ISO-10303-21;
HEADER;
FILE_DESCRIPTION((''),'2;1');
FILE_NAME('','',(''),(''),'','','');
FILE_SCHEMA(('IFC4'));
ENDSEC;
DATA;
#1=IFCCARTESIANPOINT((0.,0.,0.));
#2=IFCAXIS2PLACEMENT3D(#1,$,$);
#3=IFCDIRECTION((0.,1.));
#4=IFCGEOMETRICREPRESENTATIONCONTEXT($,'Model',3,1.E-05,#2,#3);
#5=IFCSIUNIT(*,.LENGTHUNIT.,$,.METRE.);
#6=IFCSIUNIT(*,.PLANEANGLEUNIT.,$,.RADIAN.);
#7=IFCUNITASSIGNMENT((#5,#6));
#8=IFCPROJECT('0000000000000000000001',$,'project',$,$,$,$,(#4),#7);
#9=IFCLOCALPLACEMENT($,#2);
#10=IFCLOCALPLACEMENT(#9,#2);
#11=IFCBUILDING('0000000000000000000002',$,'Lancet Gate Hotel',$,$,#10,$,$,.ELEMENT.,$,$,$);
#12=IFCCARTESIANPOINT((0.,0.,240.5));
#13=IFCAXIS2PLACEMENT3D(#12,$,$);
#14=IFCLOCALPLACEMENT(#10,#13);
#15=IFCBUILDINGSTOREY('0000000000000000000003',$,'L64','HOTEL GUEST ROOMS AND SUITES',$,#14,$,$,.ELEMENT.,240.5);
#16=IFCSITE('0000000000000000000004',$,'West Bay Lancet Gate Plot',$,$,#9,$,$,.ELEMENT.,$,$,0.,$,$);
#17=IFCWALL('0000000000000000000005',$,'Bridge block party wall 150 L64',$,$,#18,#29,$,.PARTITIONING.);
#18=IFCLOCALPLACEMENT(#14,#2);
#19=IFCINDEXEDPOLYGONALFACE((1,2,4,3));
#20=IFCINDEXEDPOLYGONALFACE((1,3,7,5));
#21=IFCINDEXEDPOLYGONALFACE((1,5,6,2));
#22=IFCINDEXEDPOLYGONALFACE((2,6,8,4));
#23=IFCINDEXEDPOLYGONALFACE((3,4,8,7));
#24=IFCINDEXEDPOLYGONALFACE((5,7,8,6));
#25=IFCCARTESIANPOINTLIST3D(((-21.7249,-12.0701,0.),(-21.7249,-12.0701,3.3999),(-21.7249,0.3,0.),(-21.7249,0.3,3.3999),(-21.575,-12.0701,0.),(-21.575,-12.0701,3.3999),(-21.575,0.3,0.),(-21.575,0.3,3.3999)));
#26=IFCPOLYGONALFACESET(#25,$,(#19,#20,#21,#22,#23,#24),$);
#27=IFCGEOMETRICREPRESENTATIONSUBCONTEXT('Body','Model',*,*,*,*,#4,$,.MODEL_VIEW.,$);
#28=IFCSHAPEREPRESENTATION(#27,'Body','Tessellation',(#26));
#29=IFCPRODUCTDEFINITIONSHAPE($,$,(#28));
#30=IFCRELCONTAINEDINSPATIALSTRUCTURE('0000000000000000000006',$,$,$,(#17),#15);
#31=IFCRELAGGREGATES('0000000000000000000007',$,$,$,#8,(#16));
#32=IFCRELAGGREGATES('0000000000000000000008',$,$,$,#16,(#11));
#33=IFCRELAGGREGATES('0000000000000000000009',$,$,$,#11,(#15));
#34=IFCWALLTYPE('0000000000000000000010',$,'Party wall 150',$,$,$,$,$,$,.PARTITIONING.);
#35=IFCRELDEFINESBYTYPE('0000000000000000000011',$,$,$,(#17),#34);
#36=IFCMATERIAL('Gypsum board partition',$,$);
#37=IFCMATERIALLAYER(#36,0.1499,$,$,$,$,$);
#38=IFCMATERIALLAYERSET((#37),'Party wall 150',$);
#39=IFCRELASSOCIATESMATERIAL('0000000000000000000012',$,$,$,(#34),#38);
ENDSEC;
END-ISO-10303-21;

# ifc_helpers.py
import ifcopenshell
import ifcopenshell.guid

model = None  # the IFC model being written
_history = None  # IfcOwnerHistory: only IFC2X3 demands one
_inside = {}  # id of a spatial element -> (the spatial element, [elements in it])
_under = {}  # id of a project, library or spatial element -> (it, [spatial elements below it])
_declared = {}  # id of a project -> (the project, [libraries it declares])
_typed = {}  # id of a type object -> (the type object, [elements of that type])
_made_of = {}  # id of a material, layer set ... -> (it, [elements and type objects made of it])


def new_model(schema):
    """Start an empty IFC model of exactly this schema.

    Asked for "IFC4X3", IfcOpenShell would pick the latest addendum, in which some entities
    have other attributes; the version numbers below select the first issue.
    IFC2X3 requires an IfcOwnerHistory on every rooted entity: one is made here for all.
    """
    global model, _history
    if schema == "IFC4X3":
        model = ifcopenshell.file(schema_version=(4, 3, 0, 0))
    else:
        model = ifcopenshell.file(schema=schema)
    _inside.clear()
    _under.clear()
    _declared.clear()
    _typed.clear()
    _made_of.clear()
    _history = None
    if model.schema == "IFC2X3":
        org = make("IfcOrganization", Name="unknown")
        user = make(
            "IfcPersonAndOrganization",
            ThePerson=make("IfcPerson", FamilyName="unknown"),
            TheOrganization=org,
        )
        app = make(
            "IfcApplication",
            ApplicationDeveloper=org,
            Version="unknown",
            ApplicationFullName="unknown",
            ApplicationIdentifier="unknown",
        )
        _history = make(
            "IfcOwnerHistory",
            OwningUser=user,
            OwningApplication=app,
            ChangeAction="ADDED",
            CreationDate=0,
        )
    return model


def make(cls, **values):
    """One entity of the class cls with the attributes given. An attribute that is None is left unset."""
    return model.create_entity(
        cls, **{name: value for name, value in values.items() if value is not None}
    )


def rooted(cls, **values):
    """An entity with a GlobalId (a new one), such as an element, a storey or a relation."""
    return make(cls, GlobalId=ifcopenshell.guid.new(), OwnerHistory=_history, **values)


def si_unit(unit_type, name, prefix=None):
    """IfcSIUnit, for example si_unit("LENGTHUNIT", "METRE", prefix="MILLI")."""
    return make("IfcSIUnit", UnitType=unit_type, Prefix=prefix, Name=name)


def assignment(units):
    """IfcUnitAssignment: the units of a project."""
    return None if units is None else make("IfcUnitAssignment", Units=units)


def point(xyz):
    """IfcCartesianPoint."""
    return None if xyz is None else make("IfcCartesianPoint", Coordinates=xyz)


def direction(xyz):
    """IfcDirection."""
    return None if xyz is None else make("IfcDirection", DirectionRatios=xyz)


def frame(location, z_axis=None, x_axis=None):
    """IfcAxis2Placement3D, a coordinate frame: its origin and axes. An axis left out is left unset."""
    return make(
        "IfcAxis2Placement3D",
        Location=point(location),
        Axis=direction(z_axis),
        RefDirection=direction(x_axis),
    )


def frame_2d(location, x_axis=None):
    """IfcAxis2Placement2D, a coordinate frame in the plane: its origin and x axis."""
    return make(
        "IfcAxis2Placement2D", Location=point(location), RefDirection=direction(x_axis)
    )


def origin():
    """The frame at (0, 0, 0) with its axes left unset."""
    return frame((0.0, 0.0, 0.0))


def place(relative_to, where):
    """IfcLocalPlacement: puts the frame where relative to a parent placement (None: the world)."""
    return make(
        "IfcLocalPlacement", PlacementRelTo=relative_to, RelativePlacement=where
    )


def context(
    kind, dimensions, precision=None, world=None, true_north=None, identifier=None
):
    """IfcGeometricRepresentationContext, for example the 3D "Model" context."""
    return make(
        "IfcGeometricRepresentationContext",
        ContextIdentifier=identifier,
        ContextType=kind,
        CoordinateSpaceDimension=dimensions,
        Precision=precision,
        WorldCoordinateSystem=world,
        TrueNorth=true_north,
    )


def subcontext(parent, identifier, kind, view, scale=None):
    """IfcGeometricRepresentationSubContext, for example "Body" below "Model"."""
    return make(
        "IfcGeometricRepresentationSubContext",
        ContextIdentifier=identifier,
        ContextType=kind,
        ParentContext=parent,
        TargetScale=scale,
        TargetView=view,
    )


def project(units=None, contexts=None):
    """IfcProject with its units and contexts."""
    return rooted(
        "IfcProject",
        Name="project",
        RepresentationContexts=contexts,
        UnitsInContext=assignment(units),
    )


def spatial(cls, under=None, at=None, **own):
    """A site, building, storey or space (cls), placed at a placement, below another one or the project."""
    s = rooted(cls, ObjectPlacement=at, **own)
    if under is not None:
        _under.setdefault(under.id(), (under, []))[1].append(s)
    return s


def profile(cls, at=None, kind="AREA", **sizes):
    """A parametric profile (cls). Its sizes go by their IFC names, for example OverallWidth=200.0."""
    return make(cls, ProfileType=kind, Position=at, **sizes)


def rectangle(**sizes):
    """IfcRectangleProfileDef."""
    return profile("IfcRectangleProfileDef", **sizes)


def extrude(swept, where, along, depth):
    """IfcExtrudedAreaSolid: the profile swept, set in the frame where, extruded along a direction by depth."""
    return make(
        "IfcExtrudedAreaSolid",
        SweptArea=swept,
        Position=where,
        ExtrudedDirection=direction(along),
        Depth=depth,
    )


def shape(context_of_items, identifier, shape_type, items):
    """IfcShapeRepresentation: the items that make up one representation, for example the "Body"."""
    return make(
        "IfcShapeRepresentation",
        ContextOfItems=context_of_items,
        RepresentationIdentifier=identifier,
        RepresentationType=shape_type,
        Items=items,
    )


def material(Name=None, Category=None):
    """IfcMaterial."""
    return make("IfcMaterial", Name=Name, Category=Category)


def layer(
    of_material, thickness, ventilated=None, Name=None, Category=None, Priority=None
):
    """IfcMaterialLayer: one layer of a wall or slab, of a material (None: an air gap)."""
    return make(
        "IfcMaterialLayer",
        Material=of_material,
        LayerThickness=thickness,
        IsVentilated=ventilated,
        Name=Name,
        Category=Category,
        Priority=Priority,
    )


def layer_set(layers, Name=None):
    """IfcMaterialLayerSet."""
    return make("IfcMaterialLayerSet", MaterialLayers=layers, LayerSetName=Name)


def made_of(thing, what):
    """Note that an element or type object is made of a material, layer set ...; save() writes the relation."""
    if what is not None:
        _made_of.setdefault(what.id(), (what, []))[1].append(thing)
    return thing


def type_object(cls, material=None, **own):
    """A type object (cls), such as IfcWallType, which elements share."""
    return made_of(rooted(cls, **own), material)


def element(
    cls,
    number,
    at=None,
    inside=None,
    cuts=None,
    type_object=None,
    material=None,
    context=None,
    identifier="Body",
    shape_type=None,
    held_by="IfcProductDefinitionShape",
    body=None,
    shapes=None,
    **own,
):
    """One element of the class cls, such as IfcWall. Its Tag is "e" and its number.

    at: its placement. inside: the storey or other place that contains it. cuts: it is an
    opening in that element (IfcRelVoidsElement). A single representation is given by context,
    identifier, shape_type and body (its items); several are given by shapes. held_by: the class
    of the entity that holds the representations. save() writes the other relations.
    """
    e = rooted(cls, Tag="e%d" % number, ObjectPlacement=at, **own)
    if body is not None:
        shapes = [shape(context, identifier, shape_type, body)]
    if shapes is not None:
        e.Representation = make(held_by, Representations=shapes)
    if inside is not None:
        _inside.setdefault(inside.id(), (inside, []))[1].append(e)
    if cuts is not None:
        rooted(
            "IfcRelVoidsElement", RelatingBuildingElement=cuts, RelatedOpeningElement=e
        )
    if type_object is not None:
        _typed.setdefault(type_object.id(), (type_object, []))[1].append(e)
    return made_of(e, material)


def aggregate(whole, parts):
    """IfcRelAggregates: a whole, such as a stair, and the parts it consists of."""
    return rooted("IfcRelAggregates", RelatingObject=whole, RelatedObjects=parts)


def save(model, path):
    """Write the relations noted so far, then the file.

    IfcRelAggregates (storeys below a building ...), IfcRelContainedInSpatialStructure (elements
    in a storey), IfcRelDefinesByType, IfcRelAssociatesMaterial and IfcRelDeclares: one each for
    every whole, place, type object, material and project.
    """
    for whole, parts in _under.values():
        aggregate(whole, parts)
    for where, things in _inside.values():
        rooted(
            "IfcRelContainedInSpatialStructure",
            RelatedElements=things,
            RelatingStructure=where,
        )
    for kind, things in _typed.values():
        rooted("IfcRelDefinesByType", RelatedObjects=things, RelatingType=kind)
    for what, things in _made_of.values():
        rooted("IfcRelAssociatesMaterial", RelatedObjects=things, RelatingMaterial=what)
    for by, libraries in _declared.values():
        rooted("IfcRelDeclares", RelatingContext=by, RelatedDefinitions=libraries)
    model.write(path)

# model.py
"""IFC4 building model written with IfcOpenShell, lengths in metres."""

from ifc_helpers import new_model, si_unit, direction, frame, frame_2d, origin, place, context, subcontext, project, spatial, rectangle, extrude, material, layer, layer_set, type_object, element, save


model = new_model("IFC4")

# Units and contexts
model_context = context("Model", 3, precision=1e-05, world=origin(), true_north=direction((0.0, 1.0)))
body_context = subcontext(model_context, "Body", "Model", "MODEL_VIEW")
ifc_project = project(units=[si_unit("LENGTHUNIT", "METRE"), si_unit("PLANEANGLEUNIT", "RADIAN")], contexts=[model_context])

# Site, building, storey
site_placement = place(None, origin())
site = spatial("IfcSite", under=ifc_project, at=site_placement, Name="West Bay Lancet Gate Plot", CompositionType="ELEMENT", RefElevation=0.0)
building_placement = place(site_placement, origin())
building = spatial("IfcBuilding", under=site, at=building_placement, Name="Lancet Gate Hotel", CompositionType="ELEMENT")
storey_placement = place(building_placement, frame((0.0, 0.0, 240.5)))
storey = spatial("IfcBuildingStorey", under=building, at=storey_placement, Name="L64", Description="HOTEL GUEST ROOMS AND SUITES", CompositionType="ELEMENT", Elevation=240.5)

# Wall
ifc_material_1 = material(Name="Gypsum board partition")
ifc_layer_1 = layer(ifc_material_1, 0.1499)
ifc_layer_set_1 = layer_set([ifc_layer_1], Name="Party wall 150")
wall_type_1 = type_object("IfcWallType", Name="Party wall 150", PredefinedType="PARTITIONING", material=ifc_layer_set_1)
wall_1_placement = place(storey_placement, frame((-21.6499, -12.0701, 0.0), z_axis=(0.0, 0.0, 1.0), x_axis=(0.0, 1.0, 0.0)))
element("IfcWall", 1, at=wall_1_placement, inside=storey, type_object=wall_type_1, Name="Bridge block party wall 150 L64", PredefinedType="PARTITIONING", context=body_context, shape_type="SweptSolid", body=[
    extrude(rectangle(XDim=12.3701, YDim=0.1499, at=frame_2d((6.1851, 0.0))), origin(), (0.0, 0.0, 1.0), 3.3999),
])

save(model, "model.ifc")
